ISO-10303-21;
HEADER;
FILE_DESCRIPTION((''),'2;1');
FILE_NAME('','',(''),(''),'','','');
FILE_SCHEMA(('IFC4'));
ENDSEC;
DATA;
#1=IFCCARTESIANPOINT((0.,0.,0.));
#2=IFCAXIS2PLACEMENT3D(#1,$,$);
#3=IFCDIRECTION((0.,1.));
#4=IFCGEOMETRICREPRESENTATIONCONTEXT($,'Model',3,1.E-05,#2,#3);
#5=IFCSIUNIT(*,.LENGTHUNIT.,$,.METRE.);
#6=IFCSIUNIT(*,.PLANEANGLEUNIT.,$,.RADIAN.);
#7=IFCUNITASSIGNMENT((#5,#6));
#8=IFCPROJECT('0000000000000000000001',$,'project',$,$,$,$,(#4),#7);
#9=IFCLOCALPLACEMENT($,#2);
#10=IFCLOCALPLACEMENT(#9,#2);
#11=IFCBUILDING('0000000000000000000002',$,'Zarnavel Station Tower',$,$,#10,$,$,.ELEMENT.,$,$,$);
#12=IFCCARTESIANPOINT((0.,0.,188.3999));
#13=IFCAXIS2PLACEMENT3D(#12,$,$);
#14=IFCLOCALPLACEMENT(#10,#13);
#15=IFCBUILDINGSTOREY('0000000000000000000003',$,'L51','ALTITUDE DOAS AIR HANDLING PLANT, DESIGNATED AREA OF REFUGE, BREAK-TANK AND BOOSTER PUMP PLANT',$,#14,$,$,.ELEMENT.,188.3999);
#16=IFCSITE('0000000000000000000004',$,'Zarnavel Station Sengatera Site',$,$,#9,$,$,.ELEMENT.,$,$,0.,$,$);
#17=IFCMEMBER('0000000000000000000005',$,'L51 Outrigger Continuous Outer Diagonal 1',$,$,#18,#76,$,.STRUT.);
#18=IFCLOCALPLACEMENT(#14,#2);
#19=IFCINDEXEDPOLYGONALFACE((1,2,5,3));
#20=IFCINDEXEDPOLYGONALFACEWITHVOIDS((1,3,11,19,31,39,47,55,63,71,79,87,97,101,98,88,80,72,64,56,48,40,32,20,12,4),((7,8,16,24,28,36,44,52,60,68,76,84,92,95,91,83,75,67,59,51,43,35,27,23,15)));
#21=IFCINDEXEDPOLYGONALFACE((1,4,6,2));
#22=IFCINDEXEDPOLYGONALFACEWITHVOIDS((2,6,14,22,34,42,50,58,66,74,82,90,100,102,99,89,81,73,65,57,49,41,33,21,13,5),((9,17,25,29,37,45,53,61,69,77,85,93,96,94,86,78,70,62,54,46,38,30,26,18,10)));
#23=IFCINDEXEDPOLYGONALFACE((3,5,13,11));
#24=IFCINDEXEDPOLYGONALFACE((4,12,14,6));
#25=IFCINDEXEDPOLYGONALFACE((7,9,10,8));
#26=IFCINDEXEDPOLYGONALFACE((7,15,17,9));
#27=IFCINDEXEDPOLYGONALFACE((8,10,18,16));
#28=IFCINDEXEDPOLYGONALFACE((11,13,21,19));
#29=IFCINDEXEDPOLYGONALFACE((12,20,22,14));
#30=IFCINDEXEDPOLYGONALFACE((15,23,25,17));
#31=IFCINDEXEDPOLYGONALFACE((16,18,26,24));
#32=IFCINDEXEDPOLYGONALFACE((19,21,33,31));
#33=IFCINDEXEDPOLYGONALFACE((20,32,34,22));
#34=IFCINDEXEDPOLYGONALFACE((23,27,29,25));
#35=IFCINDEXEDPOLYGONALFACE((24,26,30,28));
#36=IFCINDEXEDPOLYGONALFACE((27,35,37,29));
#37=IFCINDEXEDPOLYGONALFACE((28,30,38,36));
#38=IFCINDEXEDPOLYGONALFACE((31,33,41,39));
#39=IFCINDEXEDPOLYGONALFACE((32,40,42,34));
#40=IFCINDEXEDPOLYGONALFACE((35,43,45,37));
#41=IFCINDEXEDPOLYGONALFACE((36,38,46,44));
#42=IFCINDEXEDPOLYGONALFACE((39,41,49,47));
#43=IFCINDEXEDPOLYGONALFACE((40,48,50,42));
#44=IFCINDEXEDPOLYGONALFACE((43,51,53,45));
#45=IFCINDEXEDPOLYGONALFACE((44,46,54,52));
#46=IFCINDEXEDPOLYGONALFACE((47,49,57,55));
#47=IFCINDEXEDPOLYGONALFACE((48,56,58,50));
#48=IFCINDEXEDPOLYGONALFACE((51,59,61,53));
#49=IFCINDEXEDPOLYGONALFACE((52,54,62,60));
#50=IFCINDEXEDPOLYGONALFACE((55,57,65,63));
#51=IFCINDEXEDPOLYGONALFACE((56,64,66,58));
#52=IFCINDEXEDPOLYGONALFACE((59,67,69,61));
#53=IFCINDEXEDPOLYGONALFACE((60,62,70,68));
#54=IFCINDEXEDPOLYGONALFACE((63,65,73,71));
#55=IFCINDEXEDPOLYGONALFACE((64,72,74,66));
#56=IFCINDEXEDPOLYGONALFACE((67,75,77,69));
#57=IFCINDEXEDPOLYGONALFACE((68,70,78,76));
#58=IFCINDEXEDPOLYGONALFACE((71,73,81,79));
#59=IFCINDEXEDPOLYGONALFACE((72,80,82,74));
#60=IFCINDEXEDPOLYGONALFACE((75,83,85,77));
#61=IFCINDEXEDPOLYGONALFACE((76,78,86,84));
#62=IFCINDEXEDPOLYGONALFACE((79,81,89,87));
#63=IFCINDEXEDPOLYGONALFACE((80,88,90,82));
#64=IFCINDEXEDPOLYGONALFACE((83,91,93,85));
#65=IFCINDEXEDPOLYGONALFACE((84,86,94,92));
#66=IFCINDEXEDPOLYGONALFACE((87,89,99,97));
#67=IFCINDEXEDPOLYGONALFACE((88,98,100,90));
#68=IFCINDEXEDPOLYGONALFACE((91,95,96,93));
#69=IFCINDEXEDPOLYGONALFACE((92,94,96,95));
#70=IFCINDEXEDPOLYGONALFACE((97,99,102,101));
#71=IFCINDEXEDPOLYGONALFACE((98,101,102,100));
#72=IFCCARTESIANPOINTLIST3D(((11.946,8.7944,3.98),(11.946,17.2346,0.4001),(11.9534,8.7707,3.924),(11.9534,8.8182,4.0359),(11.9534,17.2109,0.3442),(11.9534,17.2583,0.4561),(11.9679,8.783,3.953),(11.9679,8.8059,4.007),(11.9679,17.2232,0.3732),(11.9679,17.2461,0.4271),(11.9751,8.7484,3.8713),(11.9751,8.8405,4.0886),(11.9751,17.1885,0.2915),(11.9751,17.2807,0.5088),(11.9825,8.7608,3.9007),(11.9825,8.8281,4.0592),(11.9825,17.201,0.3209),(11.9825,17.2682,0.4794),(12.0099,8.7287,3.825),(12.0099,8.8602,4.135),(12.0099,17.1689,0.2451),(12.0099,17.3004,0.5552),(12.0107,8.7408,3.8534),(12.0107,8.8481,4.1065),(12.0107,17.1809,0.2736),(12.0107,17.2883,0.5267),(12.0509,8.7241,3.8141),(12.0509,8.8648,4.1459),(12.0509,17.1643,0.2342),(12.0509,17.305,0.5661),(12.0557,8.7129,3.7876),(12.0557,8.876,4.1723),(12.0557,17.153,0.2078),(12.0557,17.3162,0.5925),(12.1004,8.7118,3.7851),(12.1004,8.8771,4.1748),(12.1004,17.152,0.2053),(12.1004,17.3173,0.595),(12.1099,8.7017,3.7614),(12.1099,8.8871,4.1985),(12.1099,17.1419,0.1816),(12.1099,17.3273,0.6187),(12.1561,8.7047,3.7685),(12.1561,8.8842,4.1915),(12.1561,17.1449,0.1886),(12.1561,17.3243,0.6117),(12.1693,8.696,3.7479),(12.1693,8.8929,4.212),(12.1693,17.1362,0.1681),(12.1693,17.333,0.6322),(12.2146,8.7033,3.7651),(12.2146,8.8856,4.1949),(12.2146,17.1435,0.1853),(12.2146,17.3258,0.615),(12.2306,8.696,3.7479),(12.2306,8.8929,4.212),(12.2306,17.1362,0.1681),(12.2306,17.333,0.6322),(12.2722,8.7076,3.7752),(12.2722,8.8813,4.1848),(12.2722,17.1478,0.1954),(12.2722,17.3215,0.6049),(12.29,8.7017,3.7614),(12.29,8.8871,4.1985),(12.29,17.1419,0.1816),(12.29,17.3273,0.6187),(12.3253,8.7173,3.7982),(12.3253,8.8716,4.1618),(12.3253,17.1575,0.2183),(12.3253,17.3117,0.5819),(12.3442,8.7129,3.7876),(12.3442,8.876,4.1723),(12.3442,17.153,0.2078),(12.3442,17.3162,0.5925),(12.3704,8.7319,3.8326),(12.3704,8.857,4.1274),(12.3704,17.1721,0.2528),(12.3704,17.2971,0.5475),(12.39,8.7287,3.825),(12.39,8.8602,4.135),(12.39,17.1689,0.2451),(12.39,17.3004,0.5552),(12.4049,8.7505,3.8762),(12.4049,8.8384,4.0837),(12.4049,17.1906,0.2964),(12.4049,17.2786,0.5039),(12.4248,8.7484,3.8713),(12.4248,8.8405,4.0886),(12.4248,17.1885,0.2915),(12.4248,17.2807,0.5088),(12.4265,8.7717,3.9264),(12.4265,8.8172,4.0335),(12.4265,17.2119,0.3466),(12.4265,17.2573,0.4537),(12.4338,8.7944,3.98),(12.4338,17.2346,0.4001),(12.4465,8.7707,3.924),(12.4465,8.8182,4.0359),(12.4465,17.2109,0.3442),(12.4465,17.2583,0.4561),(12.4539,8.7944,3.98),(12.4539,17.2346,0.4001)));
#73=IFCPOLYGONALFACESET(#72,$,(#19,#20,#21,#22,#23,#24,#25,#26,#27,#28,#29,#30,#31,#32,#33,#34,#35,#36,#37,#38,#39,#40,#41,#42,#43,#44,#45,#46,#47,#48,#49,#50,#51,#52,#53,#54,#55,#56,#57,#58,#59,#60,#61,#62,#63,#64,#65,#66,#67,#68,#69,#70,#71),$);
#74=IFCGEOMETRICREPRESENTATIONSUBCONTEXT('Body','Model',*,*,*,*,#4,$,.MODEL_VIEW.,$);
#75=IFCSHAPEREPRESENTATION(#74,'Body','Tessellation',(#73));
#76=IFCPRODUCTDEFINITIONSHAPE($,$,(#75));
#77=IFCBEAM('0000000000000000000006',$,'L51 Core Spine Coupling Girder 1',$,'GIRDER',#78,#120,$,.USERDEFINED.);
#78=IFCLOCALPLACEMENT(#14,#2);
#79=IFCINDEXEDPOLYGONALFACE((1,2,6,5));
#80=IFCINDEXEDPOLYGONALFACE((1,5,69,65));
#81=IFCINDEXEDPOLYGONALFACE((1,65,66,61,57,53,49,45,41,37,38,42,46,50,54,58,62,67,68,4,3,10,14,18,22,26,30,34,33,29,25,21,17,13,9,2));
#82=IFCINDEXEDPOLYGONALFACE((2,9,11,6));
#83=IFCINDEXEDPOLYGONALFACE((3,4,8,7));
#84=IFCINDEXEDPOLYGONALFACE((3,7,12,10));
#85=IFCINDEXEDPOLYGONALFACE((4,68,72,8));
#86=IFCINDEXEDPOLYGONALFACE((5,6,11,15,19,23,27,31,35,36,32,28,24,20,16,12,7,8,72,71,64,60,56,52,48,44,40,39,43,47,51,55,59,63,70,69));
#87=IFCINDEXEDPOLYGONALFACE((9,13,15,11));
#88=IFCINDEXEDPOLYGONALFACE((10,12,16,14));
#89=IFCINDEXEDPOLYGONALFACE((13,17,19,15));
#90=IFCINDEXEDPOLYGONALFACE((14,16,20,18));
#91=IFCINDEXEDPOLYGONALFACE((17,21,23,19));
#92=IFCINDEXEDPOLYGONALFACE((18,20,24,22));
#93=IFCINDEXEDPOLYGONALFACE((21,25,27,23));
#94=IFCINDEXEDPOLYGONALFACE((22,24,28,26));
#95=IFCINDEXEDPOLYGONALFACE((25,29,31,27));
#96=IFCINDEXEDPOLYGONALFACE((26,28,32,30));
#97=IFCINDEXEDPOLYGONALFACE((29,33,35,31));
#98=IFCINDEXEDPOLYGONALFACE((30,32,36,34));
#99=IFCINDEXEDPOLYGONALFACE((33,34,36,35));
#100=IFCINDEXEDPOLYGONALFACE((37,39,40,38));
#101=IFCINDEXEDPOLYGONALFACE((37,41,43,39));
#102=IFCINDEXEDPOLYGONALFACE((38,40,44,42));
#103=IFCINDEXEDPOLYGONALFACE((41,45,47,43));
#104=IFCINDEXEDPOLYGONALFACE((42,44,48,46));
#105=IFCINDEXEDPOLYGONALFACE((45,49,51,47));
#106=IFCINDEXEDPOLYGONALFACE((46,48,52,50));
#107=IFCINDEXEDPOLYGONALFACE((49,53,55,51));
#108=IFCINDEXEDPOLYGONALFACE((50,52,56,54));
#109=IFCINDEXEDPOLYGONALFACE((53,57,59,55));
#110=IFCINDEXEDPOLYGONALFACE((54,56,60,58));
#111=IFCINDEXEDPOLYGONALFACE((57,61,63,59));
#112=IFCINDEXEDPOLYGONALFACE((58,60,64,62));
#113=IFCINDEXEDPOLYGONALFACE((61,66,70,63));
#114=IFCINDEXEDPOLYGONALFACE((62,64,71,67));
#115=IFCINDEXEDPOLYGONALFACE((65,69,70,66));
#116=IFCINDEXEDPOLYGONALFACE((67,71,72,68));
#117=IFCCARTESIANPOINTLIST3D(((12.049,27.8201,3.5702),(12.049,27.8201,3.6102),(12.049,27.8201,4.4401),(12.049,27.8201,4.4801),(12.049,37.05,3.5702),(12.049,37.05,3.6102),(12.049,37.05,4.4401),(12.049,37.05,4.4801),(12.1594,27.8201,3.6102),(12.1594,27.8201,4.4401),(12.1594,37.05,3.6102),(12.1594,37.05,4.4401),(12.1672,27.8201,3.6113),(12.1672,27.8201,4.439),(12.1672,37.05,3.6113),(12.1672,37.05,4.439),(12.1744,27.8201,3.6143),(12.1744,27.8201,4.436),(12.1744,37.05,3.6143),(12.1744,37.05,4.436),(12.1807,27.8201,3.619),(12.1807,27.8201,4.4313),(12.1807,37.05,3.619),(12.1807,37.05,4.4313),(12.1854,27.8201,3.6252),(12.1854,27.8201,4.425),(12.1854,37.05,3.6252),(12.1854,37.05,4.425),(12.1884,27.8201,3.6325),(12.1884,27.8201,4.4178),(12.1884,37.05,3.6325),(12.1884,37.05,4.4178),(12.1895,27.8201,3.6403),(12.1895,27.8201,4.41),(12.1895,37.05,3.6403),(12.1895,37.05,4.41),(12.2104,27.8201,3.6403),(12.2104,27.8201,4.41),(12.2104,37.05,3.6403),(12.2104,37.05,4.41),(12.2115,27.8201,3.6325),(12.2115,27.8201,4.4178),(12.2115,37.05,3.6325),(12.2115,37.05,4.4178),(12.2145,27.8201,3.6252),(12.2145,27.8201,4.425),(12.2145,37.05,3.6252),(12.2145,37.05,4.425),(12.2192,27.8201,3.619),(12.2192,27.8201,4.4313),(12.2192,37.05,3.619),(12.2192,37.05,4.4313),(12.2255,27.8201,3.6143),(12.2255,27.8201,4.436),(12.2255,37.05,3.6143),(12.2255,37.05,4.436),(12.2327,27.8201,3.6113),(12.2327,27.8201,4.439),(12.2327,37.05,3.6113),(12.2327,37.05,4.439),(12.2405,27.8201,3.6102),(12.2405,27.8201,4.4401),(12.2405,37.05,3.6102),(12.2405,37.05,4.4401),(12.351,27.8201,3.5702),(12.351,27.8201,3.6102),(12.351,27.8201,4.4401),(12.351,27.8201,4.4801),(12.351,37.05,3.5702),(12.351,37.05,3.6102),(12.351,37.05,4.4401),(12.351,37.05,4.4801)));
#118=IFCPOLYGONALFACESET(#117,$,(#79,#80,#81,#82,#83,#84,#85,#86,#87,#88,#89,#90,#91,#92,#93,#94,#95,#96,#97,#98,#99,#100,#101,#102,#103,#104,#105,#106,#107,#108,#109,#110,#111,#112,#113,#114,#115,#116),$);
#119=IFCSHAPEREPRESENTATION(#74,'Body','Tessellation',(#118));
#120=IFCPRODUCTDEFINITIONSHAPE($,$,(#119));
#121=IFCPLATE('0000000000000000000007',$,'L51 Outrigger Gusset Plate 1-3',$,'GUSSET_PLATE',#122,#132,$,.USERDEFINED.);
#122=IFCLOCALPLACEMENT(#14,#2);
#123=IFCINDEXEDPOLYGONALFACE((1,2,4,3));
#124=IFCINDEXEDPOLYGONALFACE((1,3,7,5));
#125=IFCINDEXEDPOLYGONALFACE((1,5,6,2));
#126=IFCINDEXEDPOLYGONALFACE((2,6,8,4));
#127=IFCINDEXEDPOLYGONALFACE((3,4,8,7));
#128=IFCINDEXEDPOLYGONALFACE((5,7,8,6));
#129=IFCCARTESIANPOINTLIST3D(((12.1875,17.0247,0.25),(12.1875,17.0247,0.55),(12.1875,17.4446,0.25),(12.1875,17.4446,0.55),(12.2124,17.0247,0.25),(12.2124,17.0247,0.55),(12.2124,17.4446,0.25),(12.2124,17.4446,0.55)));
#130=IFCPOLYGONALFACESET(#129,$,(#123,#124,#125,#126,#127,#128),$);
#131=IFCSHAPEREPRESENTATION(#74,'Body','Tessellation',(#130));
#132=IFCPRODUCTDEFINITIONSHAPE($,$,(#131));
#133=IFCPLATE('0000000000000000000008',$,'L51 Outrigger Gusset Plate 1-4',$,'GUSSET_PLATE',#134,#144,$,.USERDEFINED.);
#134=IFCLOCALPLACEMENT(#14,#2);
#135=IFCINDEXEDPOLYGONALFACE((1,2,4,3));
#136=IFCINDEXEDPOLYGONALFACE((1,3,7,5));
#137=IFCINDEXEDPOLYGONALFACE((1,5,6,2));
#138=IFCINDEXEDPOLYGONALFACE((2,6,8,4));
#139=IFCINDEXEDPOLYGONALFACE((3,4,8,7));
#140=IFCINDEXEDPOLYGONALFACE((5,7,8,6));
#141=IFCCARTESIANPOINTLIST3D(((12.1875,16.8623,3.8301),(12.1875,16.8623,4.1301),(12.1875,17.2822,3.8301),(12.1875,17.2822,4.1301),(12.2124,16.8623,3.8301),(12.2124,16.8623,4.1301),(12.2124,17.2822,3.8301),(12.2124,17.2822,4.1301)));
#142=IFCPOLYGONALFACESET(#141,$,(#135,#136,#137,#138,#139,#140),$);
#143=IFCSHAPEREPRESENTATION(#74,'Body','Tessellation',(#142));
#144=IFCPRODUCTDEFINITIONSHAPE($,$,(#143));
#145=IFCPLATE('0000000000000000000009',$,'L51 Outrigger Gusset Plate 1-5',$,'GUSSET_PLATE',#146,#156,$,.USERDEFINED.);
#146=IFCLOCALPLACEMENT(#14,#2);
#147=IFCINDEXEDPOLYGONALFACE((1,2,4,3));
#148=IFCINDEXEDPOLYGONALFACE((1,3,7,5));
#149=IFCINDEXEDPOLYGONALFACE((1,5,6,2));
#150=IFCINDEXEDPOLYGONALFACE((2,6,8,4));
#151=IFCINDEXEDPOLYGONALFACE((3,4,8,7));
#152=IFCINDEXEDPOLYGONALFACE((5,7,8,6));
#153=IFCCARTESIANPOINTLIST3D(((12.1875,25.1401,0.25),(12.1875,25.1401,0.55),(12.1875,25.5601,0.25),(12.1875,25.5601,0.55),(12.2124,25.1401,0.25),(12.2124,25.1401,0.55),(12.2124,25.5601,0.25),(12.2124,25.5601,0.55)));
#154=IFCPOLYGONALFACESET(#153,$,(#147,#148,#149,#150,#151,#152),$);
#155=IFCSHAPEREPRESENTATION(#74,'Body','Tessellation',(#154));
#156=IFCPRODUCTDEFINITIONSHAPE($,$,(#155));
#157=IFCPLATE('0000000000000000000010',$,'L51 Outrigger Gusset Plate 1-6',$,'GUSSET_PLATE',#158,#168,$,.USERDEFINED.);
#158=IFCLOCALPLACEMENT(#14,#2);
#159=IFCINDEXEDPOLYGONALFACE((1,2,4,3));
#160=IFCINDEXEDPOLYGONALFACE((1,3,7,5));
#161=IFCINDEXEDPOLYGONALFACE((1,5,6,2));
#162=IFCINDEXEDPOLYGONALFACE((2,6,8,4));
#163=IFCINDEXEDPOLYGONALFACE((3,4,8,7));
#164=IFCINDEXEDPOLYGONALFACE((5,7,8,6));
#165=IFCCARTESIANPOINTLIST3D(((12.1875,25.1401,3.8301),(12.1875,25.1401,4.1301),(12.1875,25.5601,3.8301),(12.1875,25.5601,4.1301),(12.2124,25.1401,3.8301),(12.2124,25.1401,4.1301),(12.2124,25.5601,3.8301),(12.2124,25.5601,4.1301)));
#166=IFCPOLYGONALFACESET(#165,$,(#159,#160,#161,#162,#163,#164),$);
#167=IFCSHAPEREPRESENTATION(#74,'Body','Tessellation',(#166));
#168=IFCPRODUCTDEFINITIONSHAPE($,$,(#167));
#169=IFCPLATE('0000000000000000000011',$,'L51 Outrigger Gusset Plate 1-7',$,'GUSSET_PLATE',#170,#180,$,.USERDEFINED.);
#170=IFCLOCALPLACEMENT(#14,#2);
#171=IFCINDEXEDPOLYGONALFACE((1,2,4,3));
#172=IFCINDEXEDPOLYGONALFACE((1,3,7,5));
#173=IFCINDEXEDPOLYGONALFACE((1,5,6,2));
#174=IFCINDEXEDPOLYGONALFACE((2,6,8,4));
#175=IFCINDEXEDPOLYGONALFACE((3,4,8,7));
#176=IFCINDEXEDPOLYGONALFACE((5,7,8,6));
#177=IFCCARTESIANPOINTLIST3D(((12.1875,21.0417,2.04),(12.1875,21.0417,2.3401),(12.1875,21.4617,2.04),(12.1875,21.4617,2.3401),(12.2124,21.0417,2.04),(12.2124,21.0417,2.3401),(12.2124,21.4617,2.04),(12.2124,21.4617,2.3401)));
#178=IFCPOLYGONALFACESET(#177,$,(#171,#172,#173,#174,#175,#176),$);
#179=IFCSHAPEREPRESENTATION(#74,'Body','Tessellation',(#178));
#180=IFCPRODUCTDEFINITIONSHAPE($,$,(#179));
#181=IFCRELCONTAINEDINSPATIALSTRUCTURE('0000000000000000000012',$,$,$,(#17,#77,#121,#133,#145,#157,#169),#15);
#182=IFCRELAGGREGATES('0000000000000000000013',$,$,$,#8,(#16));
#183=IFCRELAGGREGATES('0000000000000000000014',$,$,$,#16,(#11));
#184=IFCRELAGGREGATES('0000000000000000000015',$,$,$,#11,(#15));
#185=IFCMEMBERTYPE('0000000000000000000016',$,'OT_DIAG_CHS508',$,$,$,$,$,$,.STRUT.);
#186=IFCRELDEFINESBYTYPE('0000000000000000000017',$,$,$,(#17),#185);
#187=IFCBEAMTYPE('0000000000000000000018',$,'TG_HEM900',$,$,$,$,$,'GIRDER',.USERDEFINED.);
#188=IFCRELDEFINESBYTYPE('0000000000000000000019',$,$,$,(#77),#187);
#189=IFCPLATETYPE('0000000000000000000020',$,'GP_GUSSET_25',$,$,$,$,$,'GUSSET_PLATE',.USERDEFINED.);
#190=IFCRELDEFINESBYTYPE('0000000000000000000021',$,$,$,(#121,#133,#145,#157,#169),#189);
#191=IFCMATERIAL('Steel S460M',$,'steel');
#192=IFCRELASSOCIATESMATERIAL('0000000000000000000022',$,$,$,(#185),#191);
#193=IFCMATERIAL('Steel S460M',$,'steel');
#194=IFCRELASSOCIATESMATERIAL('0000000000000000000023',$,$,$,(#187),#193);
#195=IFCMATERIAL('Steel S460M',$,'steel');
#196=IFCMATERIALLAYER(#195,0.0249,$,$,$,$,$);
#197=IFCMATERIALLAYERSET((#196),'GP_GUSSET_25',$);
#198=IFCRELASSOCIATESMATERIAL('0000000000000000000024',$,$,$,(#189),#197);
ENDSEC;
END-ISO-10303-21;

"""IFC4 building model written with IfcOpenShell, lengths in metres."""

from ifc_helpers import new_model, si_unit, direction, frame, origin, origin_2d, place, context, subcontext, project, spatial, rectangle, hollow_circle, i_section, extrude, material, layer, layer_set, material_profile, profile_set, type_object, element, save


model = new_model("IFC4")

# Units and contexts
model_context = context("Model", 3, precision=1e-05, world=origin(), true_north=direction((0.0, 1.0)))
body_context = subcontext(model_context, "Body", "Model", "MODEL_VIEW")
ifc_project = project(units=[si_unit("LENGTHUNIT", "METRE"), si_unit("PLANEANGLEUNIT", "RADIAN")], contexts=[model_context])

# Site, building, storey
site_placement = place(None, origin())
site = spatial("IfcSite", under=ifc_project, at=site_placement, Name="Zarnavel Station Sengatera Site", CompositionType="ELEMENT", RefElevation=0.0)
building_placement = place(site_placement, origin())
building = spatial("IfcBuilding", under=site, at=building_placement, Name="Zarnavel Station Tower", CompositionType="ELEMENT")
storey_placement = place(building_placement, frame((0.0, 0.0, 188.3999)))
storey = spatial("IfcBuildingStorey", under=building, at=storey_placement, Name="L51", Description="ALTITUDE DOAS AIR HANDLING PLANT, DESIGNATED AREA OF REFUGE, BREAK-TANK AND BOOSTER PUMP PLANT", CompositionType="ELEMENT", Elevation=188.3999)

# Member
ifc_material_1 = material(Name="Steel S460M", Category="steel")
ifc_material_profile_1 = material_profile(ifc_material_1, hollow_circle(Radius=0.2539, WallThickness=0.02, at=origin_2d()), Name="CHS508x20")
ifc_profile_set_1 = profile_set([ifc_material_profile_1], Name="Steel S460M")
member_type_1 = type_object("IfcMemberType", Name="OT_DIAG_CHS508", PredefinedType="STRUT", material=ifc_profile_set_1)
member_1_placement = place(storey_placement, frame((12.2, 17.2346, 0.4001), z_axis=(0.0, -0.920615, 0.390471), x_axis=(1.0, 0.0, 0.0)))
element("IfcMember", 1, at=member_1_placement, inside=storey, type_object=member_type_1, Name="L51 Outrigger Continuous Outer Diagonal 1", PredefinedType="STRUT", context=body_context, shape_type="SweptSolid", body=[
    extrude(hollow_circle(Radius=0.2539, WallThickness=0.02, at=origin_2d()), origin(), (0.0, 0.0, 1.0), 9.168),
])

# Beam
ifc_material_2 = material(Name="Steel S460M", Category="steel")
ifc_material_profile_2 = material_profile(ifc_material_2, i_section(OverallWidth=0.302, OverallDepth=0.9099, WebThickness=0.021, FlangeThickness=0.04, FilletRadius=0.03, at=origin_2d()), Name="HEM900")
ifc_profile_set_2 = profile_set([ifc_material_profile_2], Name="Steel S460M")
beam_type_1 = type_object("IfcBeamType", Name="TG_HEM900", ElementType="GIRDER", PredefinedType="USERDEFINED", material=ifc_profile_set_2)
beam_1_placement = place(storey_placement, frame((12.2, 27.8201, 4.0251), z_axis=(0.0, 1.0, 0.0), x_axis=(-1.0, 0.0, 0.0)))
element("IfcBeam", 2, at=beam_1_placement, inside=storey, type_object=beam_type_1, Name="L51 Core Spine Coupling Girder 1", ObjectType="GIRDER", PredefinedType="USERDEFINED", context=body_context, shape_type="SweptSolid", body=[
    extrude(i_section(OverallWidth=0.302, OverallDepth=0.9099, WebThickness=0.021, FlangeThickness=0.04, FilletRadius=0.03, at=origin_2d()), origin(), (0.0, 0.0, 1.0), 9.23),
])

# Plates
ifc_material_3 = material(Name="Steel S460M", Category="steel")
ifc_layer_1 = layer(ifc_material_3, 0.0249)
ifc_layer_set_1 = layer_set([ifc_layer_1], Name="GP_GUSSET_25")
plate_type = type_object("IfcPlateType", Name="GP_GUSSET_25", ElementType="GUSSET_PLATE", PredefinedType="USERDEFINED", material=ifc_layer_set_1)
for number, where, z_axis, x_axis, name in (
    (3, (12.2, 17.2346, 0.25), (0.0, 0.0, 1.0), (1.0, 0.0, 0.0), "L51 Outrigger Gusset Plate 1-3"),
    (4, (12.2, 17.0723, 3.8301), (0.0, 0.0, 1.0), (1.0, 0.0, 0.0), "L51 Outrigger Gusset Plate 1-4"),
    (5, (12.2, 25.3501, 0.25), (0.0, 0.0, 1.0), (1.0, 0.0, 0.0), "L51 Outrigger Gusset Plate 1-5"),
    (6, (12.2, 25.3501, 3.8301), (0.0, 0.0, 1.0), (1.0, 0.0, 0.0), "L51 Outrigger Gusset Plate 1-6"),
    (7, (12.2, 21.2517, 2.04), (0.0, 0.0, 1.0), (1.0, 0.0, 0.0), "L51 Outrigger Gusset Plate 1-7"),
):
    element("IfcPlate", number, at=place(storey_placement, frame(where, z_axis=z_axis, x_axis=x_axis)), inside=storey, type_object=plate_type, Name=name, ObjectType="GUSSET_PLATE", PredefinedType="USERDEFINED", context=body_context, shape_type="SweptSolid", body=[
        extrude(rectangle(XDim=0.0249, YDim=0.4199, at=origin_2d()), origin(), (0.0, 0.0, 1.0), 0.3),
    ])

save(model, "model.ifc")
